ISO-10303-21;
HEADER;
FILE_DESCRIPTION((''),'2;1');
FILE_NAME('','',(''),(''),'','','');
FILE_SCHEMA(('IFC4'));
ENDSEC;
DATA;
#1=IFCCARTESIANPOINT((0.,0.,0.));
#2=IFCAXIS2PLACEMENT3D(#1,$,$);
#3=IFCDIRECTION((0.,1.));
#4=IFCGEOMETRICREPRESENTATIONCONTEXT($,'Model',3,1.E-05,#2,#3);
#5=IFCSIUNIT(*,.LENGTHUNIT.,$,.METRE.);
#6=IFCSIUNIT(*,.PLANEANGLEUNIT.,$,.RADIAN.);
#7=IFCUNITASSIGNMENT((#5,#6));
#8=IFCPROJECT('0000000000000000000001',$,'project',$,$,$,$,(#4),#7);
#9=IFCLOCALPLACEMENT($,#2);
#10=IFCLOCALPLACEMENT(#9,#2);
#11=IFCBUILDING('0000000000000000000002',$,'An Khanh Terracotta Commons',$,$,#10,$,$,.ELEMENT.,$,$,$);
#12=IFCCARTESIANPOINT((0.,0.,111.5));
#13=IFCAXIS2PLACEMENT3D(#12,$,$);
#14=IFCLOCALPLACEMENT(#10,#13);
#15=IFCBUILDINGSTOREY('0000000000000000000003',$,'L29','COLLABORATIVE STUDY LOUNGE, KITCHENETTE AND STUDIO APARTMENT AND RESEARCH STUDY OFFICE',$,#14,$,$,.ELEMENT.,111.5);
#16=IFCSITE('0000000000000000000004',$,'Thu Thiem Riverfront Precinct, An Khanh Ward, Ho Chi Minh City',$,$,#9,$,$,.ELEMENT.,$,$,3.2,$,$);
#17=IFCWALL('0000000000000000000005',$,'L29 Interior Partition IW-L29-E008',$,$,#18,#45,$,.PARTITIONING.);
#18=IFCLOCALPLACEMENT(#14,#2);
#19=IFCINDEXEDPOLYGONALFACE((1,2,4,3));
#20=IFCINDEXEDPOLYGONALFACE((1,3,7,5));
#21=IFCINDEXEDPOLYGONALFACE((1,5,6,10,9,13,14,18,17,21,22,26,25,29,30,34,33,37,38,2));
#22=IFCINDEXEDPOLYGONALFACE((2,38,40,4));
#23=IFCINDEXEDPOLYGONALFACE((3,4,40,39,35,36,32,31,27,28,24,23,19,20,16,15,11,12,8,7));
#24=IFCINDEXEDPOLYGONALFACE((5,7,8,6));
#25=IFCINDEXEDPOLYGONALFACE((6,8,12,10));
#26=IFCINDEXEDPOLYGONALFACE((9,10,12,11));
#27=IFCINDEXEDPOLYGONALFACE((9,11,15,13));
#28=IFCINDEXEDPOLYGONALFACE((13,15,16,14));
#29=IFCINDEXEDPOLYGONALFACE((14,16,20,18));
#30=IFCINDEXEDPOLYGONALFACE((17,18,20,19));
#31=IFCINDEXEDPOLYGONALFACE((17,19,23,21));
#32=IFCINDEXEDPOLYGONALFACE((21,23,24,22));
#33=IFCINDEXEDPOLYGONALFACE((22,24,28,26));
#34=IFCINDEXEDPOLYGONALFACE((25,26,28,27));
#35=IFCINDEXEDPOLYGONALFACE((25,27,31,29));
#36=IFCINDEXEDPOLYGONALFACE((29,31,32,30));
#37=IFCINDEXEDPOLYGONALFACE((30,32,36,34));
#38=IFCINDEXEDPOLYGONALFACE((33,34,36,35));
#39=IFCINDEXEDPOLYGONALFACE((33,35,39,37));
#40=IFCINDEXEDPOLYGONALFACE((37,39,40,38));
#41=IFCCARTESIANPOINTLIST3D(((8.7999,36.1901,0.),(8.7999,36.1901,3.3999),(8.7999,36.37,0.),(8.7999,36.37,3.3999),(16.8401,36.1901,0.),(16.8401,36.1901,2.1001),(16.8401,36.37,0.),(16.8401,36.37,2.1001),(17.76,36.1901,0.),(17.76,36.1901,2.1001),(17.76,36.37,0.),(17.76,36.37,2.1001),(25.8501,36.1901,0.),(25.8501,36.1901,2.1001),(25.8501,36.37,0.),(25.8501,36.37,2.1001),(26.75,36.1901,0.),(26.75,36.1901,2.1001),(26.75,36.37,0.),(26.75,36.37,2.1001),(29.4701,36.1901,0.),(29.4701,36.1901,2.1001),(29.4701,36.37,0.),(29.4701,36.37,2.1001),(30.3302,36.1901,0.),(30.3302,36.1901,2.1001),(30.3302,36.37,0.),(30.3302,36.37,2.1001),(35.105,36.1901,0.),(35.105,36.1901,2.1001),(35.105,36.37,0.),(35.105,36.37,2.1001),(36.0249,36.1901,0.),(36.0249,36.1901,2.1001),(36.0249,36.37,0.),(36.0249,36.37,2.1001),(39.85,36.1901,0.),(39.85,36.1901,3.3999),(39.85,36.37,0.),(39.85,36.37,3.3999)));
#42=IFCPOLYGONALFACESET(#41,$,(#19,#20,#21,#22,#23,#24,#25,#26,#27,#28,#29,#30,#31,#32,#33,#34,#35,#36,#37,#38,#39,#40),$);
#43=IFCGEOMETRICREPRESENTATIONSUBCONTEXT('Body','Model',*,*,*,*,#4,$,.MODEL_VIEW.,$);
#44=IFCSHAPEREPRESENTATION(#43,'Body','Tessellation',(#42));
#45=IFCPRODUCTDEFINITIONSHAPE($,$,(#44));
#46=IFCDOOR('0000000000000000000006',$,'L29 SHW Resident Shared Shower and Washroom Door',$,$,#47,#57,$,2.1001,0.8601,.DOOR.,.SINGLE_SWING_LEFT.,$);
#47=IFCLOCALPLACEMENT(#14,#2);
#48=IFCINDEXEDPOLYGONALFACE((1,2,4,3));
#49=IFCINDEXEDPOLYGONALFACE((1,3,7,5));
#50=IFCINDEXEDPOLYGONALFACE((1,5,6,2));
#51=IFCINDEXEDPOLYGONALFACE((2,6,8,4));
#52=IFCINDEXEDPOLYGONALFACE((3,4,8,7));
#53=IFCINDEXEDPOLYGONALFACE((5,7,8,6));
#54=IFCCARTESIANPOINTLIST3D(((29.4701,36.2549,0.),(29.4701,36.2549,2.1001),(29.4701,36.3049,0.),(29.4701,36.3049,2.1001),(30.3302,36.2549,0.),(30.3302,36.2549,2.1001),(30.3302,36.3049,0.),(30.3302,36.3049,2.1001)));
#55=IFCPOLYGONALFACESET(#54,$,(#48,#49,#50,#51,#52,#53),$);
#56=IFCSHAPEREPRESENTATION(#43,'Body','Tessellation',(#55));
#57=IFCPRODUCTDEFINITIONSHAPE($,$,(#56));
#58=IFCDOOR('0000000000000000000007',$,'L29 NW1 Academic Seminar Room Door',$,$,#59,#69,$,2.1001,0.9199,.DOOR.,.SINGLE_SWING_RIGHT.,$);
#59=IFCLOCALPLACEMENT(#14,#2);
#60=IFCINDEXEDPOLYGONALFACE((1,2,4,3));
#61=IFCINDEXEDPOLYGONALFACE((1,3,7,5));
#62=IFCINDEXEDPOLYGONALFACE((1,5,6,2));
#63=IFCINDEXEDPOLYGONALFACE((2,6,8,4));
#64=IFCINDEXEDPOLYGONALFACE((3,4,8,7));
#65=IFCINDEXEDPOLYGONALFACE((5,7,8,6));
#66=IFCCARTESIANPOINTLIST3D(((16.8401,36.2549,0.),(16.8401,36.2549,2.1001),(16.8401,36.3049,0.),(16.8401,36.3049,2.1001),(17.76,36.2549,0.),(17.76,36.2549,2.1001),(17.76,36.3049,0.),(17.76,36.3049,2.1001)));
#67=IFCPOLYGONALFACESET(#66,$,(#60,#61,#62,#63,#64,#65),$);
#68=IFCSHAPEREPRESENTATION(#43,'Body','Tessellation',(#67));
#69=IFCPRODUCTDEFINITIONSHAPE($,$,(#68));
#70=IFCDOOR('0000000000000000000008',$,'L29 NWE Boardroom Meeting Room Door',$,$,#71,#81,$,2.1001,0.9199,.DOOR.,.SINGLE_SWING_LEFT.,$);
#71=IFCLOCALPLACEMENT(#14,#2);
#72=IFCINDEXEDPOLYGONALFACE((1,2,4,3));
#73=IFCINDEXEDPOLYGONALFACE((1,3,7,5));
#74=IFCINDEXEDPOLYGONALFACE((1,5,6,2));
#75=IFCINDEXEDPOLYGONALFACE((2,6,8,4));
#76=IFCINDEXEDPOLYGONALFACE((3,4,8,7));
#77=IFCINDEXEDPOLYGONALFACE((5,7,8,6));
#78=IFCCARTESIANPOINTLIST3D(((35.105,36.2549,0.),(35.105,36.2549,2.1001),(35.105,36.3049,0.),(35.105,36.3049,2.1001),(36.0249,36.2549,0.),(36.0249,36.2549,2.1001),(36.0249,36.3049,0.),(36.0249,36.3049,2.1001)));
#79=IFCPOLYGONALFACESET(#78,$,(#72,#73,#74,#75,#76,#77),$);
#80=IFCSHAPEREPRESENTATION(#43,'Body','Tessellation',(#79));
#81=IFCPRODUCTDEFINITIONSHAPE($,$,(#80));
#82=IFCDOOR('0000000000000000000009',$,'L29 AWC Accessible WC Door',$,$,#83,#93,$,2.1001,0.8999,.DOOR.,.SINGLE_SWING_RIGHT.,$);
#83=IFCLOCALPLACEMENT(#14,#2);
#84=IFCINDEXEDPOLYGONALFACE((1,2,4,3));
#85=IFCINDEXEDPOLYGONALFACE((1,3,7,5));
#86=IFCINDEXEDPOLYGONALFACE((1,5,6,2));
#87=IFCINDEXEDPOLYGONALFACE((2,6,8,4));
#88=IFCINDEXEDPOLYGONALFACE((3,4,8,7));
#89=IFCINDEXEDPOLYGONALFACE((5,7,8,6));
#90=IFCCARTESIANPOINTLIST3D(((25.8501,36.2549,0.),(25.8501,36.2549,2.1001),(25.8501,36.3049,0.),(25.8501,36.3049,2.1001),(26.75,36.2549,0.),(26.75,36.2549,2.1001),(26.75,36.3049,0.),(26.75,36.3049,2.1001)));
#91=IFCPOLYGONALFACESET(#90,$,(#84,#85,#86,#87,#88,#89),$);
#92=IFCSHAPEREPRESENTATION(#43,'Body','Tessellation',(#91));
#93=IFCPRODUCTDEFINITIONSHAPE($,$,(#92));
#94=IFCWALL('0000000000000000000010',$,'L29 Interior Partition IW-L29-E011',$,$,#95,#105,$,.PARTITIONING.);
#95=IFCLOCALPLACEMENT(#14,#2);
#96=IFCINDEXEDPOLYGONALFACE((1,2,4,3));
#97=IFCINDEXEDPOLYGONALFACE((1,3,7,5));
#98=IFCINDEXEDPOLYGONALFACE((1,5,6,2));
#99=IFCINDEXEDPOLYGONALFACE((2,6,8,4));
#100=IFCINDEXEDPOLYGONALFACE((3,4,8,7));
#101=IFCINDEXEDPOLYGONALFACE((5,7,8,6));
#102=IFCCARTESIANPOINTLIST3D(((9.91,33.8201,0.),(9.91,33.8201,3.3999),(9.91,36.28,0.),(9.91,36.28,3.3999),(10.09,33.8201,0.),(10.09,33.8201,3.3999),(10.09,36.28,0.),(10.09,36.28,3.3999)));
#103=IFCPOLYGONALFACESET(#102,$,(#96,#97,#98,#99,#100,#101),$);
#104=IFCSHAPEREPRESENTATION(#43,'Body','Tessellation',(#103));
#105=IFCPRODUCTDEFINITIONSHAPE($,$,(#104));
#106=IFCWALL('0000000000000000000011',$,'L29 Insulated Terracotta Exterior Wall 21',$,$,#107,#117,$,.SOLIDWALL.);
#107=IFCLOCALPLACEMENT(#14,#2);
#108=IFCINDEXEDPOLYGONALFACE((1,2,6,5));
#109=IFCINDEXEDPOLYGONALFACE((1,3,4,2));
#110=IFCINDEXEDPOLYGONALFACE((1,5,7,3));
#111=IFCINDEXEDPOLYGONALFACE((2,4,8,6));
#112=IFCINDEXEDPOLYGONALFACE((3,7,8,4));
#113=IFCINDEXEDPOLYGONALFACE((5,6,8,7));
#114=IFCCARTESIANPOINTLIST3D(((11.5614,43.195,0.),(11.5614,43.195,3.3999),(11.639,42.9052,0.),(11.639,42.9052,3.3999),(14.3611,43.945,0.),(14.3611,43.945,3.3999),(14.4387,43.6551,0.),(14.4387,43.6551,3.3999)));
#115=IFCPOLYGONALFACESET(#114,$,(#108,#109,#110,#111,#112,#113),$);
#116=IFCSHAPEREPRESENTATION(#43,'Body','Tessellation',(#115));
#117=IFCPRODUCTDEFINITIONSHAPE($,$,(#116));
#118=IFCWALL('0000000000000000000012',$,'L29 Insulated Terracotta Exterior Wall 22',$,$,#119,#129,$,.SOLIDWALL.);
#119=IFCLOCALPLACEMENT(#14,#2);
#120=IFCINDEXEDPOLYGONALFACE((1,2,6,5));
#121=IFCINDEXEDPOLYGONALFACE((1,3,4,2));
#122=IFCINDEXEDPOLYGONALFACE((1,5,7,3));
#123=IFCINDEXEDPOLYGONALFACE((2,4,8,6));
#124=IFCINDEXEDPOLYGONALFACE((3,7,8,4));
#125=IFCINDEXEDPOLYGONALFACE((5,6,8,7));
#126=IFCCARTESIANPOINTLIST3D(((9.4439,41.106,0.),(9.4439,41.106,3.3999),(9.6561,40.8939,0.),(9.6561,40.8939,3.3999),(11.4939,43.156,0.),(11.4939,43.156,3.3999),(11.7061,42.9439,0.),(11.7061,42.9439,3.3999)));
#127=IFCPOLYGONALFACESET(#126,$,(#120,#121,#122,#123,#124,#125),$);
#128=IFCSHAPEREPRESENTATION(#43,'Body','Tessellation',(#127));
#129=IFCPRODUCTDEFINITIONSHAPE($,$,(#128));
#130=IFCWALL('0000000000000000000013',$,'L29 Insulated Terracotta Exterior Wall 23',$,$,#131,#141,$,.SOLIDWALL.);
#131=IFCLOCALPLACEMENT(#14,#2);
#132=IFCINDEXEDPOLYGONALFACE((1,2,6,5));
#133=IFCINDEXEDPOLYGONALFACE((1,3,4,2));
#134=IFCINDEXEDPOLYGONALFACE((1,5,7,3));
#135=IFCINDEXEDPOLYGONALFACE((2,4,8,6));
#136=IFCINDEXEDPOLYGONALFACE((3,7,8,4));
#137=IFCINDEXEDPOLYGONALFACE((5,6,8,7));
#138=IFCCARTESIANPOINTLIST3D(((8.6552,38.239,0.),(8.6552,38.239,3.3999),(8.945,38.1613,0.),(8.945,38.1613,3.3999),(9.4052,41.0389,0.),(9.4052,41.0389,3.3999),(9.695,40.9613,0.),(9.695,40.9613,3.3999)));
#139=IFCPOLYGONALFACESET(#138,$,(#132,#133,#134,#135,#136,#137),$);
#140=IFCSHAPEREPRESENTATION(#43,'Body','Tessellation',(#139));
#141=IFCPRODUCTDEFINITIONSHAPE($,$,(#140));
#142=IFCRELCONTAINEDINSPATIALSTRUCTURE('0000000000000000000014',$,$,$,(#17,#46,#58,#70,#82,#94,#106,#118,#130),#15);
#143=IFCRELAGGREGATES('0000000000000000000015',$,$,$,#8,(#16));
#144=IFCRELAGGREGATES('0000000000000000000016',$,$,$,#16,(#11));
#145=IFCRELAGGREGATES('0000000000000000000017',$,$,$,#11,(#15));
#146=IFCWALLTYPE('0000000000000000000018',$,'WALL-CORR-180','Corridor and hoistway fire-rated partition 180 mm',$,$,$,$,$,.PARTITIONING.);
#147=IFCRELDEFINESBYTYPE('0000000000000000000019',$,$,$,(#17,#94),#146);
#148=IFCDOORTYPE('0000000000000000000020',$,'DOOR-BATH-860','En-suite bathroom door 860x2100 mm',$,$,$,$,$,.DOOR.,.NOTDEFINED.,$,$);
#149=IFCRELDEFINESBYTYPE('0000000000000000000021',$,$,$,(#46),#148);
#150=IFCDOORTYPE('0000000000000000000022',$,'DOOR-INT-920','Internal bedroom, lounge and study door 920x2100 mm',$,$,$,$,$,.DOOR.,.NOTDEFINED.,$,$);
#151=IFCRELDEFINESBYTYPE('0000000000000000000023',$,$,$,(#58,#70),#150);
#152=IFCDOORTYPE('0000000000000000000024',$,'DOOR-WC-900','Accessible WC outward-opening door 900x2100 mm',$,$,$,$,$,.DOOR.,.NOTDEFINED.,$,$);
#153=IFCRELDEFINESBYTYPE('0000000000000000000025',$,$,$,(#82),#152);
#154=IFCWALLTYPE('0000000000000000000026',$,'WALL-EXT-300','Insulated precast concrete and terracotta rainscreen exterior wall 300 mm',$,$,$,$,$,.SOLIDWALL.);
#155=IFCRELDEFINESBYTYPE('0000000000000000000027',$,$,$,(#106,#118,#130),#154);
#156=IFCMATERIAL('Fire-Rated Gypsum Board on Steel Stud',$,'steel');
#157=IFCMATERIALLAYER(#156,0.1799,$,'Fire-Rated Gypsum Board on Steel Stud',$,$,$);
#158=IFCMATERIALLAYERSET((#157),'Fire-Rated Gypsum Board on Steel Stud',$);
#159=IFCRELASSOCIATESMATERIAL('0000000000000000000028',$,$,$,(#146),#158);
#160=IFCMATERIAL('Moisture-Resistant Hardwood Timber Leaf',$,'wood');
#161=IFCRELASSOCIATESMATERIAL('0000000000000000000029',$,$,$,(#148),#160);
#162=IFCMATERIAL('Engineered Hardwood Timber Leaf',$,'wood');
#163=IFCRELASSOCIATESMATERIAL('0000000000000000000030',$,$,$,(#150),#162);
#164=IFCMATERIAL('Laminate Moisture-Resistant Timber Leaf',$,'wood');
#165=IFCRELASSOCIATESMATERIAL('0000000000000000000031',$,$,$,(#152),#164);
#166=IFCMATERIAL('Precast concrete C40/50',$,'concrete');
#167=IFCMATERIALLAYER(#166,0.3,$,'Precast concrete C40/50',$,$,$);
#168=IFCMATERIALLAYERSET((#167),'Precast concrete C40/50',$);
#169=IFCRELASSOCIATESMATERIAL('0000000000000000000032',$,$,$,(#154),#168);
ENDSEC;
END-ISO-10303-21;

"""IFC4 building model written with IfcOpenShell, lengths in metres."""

from ifc_helpers import new_model, si_unit, direction, frame, frame_2d, origin, place, context, subcontext, project, spatial, rectangle, extrude, material, layer, layer_set, type_object, element, fill, save


model = new_model("IFC4")

# Units and contexts
model_context = context("Model", 3, precision=1e-05, world=origin(), true_north=direction((0.0, 1.0)))
body_context = subcontext(model_context, "Body", "Model", "MODEL_VIEW")
ifc_project = project(units=[si_unit("LENGTHUNIT", "METRE"), si_unit("PLANEANGLEUNIT", "RADIAN")], contexts=[model_context])

# Site, building, storey
site_placement = place(None, origin())
site = spatial("IfcSite", under=ifc_project, at=site_placement, Name="Thu Thiem Riverfront Precinct, An Khanh Ward, Ho Chi Minh City", CompositionType="ELEMENT", RefElevation=3.2)
building_placement = place(site_placement, origin())
building = spatial("IfcBuilding", under=site, at=building_placement, Name="An Khanh Terracotta Commons", CompositionType="ELEMENT")
storey_placement = place(building_placement, frame((0.0, 0.0, 111.5)))
storey = spatial("IfcBuildingStorey", under=building, at=storey_placement, Name="L29", Description="COLLABORATIVE STUDY LOUNGE, KITCHENETTE AND STUDIO APARTMENT AND RESEARCH STUDY OFFICE", CompositionType="ELEMENT", Elevation=111.5)

# Shared definitions
ifc_material_1 = material(Name="Fire-Rated Gypsum Board on Steel Stud", Category="steel")
ifc_layer_1 = layer(ifc_material_1, 0.1799, Name="Fire-Rated Gypsum Board on Steel Stud")
ifc_layer_set_1 = layer_set([ifc_layer_1], Name="Fire-Rated Gypsum Board on Steel Stud")
wall_type_1 = type_object("IfcWallType", Name="WALL-CORR-180", Description="Corridor and hoistway fire-rated partition 180 mm", PredefinedType="PARTITIONING", material=ifc_layer_set_1)

# Wall, openings, doors
wall_1_placement = place(storey_placement, frame((8.8, 36.28, 0.0), z_axis=(0.0, 0.0, 1.0), x_axis=(1.0, 0.0, 0.0)))
wall_1 = element("IfcWall", 1, at=wall_1_placement, inside=storey, type_object=wall_type_1, Name="L29 Interior Partition IW-L29-E008", PredefinedType="PARTITIONING", context=body_context, shape_type="SweptSolid", body=[
    extrude(rectangle(XDim=31.05, YDim=0.1799, at=frame_2d((15.5249, 0.0))), origin(), (0.0, 0.0, 1.0), 3.3999),
])
opening_1_placement = place(wall_1_placement, frame((17.05, 0.0, 0.0)))
opening_1 = element("IfcOpeningElement", 2, at=opening_1_placement, cuts=wall_1, PredefinedType="OPENING", context=body_context, shape_type="SweptSolid", body=[
    extrude(rectangle(XDim=0.8999, YDim=2.1001, at=frame_2d((0.45, 1.05))), frame((0.0, 0.0999, 0.0), z_axis=(0.0, -1.0, 0.0), x_axis=(1.0, 0.0, 0.0)), (0.0, 0.0, 1.0), 0.2),
])
opening_2_placement = place(wall_1_placement, frame((20.6699, 0.0, 0.0)))
opening_2 = element("IfcOpeningElement", 3, at=opening_2_placement, cuts=wall_1, PredefinedType="OPENING", context=body_context, shape_type="SweptSolid", body=[
    extrude(rectangle(XDim=0.8601, YDim=2.1001, at=frame_2d((0.4302, 1.05))), frame((0.0, 0.0999, 0.0), z_axis=(0.0, -1.0, 0.0), x_axis=(1.0, 0.0, 0.0)), (0.0, 0.0, 1.0), 0.2),
])
opening_3_placement = place(wall_1_placement, frame((8.04, 0.0, 0.0)))
opening_3 = element("IfcOpeningElement", 4, at=opening_3_placement, cuts=wall_1, PredefinedType="OPENING", context=body_context, shape_type="SweptSolid", body=[
    extrude(rectangle(XDim=0.9199, YDim=2.1001, at=frame_2d((0.46, 1.05))), frame((0.0, 0.0999, 0.0), z_axis=(0.0, -1.0, 0.0), x_axis=(1.0, 0.0, 0.0)), (0.0, 0.0, 1.0), 0.2),
])
opening_4_placement = place(wall_1_placement, frame((26.3049, 0.0, 0.0)))
opening_4 = element("IfcOpeningElement", 5, at=opening_4_placement, cuts=wall_1, PredefinedType="OPENING", context=body_context, shape_type="SweptSolid", body=[
    extrude(rectangle(XDim=0.9199, YDim=2.1001, at=frame_2d((0.46, 1.05))), frame((0.0, 0.0999, 0.0), z_axis=(0.0, -1.0, 0.0), x_axis=(1.0, 0.0, 0.0)), (0.0, 0.0, 1.0), 0.2),
])
ifc_material_2 = material(Name="Moisture-Resistant Hardwood Timber Leaf", Category="wood")
door_type_1 = type_object("IfcDoorType", Name="DOOR-BATH-860", Description="En-suite bathroom door 860x2100 mm", OperationType="NOTDEFINED", PredefinedType="DOOR", material=ifc_material_2)
door_1_placement = place(opening_2_placement, origin())
door_1 = element("IfcDoor", 6, at=door_1_placement, inside=storey, type_object=door_type_1, Name="L29 SHW Resident Shared Shower and Washroom Door", OperationType="SINGLE_SWING_LEFT", OverallHeight=2.1001, OverallWidth=0.8601, PredefinedType="DOOR", context=body_context, shape_type="SweptSolid", body=[
    extrude(rectangle(XDim=0.8601, YDim=2.1001, at=frame_2d((0.4302, 1.05))), frame((0.0, 0.0249, 0.0), z_axis=(0.0, -1.0, 0.0), x_axis=(1.0, 0.0, 0.0)), (0.0, 0.0, 1.0), 0.05),
])
fill(opening_2, door_1)
ifc_material_3 = material(Name="Engineered Hardwood Timber Leaf", Category="wood")
door_type_2 = type_object("IfcDoorType", Name="DOOR-INT-920", Description="Internal bedroom, lounge and study door 920x2100 mm", OperationType="NOTDEFINED", PredefinedType="DOOR", material=ifc_material_3)
door_2_placement = place(opening_3_placement, origin())
door_2 = element("IfcDoor", 7, at=door_2_placement, inside=storey, type_object=door_type_2, Name="L29 NW1 Academic Seminar Room Door", OperationType="SINGLE_SWING_RIGHT", OverallHeight=2.1001, OverallWidth=0.9199, PredefinedType="DOOR", context=body_context, shape_type="SweptSolid", body=[
    extrude(rectangle(XDim=0.9199, YDim=2.1001, at=frame_2d((0.46, 1.05))), frame((0.0, 0.0249, 0.0), z_axis=(0.0, -1.0, 0.0), x_axis=(1.0, 0.0, 0.0)), (0.0, 0.0, 1.0), 0.05),
])
fill(opening_3, door_2)
door_3_placement = place(opening_4_placement, origin())
door_3 = element("IfcDoor", 8, at=door_3_placement, inside=storey, type_object=door_type_2, Name="L29 NWE Boardroom Meeting Room Door", OperationType="SINGLE_SWING_LEFT", OverallHeight=2.1001, OverallWidth=0.9199, PredefinedType="DOOR", context=body_context, shape_type="SweptSolid", body=[
    extrude(rectangle(XDim=0.9199, YDim=2.1001, at=frame_2d((0.46, 1.05))), frame((0.0, 0.0249, 0.0), z_axis=(0.0, -1.0, 0.0), x_axis=(1.0, 0.0, 0.0)), (0.0, 0.0, 1.0), 0.05),
])
fill(opening_4, door_3)
ifc_material_4 = material(Name="Laminate Moisture-Resistant Timber Leaf", Category="wood")
door_type_3 = type_object("IfcDoorType", Name="DOOR-WC-900", Description="Accessible WC outward-opening door 900x2100 mm", OperationType="NOTDEFINED", PredefinedType="DOOR", material=ifc_material_4)
door_4_placement = place(opening_1_placement, origin())
door_4 = element("IfcDoor", 9, at=door_4_placement, inside=storey, type_object=door_type_3, Name="L29 AWC Accessible WC Door", OperationType="SINGLE_SWING_RIGHT", OverallHeight=2.1001, OverallWidth=0.8999, PredefinedType="DOOR", context=body_context, shape_type="SweptSolid", body=[
    extrude(rectangle(XDim=0.8999, YDim=2.1001, at=frame_2d((0.45, 1.05))), frame((0.0, 0.0249, 0.0), z_axis=(0.0, -1.0, 0.0), x_axis=(1.0, 0.0, 0.0)), (0.0, 0.0, 1.0), 0.05),
])
fill(opening_1, door_4)

# Walls
wall_2_placement = place(storey_placement, frame((10.0, 33.8201, 0.0), z_axis=(0.0, 0.0, 1.0), x_axis=(0.0, 1.0, 0.0)))
element("IfcWall", 10, at=wall_2_placement, inside=storey, type_object=wall_type_1, Name="L29 Interior Partition IW-L29-E011", PredefinedType="PARTITIONING", context=body_context, shape_type="SweptSolid", body=[
    extrude(rectangle(XDim=2.46, YDim=0.1799, at=frame_2d((1.23, 0.0))), origin(), (0.0, 0.0, 1.0), 3.3999),
])
ifc_material_5 = material(Name="Precast concrete C40/50", Category="concrete")
ifc_layer_2 = layer(ifc_material_5, 0.3, Name="Precast concrete C40/50")
ifc_layer_set_2 = layer_set([ifc_layer_2], Name="Precast concrete C40/50")
wall_type_2 = type_object("IfcWallType", Name="WALL-EXT-300", Description="Insulated precast concrete and terracotta rainscreen exterior wall 300 mm", PredefinedType="SOLIDWALL", material=ifc_layer_set_2)
wall_3_placement = place(storey_placement, frame((14.3999, 43.8, 0.0), z_axis=(0.0, 0.0, 1.0), x_axis=(-0.965944, -0.258753, 0.0)))
element("IfcWall", 11, at=wall_3_placement, inside=storey, type_object=wall_type_2, Name="L29 Insulated Terracotta Exterior Wall 21", PredefinedType="SOLIDWALL", context=body_context, shape_type="SweptSolid", body=[
    extrude(rectangle(XDim=2.8984, YDim=0.3, at=frame_2d((1.4492, 0.0))), origin(), (0.0, 0.0, 1.0), 3.3999),
])
wall_4_placement = place(storey_placement, frame((11.6001, 43.05, 0.0), z_axis=(0.0, 0.0, 1.0), x_axis=(-0.707107, -0.707107, 0.0)))
element("IfcWall", 12, at=wall_4_placement, inside=storey, type_object=wall_type_2, Name="L29 Insulated Terracotta Exterior Wall 22", PredefinedType="SOLIDWALL", context=body_context, shape_type="SweptSolid", body=[
    extrude(rectangle(XDim=2.8992, YDim=0.3, at=frame_2d((1.4497, 0.0))), origin(), (0.0, 0.0, 1.0), 3.3999),
])
wall_5_placement = place(storey_placement, frame((9.55, 41.0, 0.0), z_axis=(0.0, 0.0, 1.0), x_axis=(-0.258732, -0.965949, 0.0)))
element("IfcWall", 13, at=wall_5_placement, inside=storey, type_object=wall_type_2, Name="L29 Insulated Terracotta Exterior Wall 23", PredefinedType="SOLIDWALL", context=body_context, shape_type="SweptSolid", body=[
    extrude(rectangle(XDim=2.8987, YDim=0.3, at=frame_2d((1.4492, 0.0))), origin(), (0.0, 0.0, 1.0), 3.3999),
])

save(model, "model.ifc")
